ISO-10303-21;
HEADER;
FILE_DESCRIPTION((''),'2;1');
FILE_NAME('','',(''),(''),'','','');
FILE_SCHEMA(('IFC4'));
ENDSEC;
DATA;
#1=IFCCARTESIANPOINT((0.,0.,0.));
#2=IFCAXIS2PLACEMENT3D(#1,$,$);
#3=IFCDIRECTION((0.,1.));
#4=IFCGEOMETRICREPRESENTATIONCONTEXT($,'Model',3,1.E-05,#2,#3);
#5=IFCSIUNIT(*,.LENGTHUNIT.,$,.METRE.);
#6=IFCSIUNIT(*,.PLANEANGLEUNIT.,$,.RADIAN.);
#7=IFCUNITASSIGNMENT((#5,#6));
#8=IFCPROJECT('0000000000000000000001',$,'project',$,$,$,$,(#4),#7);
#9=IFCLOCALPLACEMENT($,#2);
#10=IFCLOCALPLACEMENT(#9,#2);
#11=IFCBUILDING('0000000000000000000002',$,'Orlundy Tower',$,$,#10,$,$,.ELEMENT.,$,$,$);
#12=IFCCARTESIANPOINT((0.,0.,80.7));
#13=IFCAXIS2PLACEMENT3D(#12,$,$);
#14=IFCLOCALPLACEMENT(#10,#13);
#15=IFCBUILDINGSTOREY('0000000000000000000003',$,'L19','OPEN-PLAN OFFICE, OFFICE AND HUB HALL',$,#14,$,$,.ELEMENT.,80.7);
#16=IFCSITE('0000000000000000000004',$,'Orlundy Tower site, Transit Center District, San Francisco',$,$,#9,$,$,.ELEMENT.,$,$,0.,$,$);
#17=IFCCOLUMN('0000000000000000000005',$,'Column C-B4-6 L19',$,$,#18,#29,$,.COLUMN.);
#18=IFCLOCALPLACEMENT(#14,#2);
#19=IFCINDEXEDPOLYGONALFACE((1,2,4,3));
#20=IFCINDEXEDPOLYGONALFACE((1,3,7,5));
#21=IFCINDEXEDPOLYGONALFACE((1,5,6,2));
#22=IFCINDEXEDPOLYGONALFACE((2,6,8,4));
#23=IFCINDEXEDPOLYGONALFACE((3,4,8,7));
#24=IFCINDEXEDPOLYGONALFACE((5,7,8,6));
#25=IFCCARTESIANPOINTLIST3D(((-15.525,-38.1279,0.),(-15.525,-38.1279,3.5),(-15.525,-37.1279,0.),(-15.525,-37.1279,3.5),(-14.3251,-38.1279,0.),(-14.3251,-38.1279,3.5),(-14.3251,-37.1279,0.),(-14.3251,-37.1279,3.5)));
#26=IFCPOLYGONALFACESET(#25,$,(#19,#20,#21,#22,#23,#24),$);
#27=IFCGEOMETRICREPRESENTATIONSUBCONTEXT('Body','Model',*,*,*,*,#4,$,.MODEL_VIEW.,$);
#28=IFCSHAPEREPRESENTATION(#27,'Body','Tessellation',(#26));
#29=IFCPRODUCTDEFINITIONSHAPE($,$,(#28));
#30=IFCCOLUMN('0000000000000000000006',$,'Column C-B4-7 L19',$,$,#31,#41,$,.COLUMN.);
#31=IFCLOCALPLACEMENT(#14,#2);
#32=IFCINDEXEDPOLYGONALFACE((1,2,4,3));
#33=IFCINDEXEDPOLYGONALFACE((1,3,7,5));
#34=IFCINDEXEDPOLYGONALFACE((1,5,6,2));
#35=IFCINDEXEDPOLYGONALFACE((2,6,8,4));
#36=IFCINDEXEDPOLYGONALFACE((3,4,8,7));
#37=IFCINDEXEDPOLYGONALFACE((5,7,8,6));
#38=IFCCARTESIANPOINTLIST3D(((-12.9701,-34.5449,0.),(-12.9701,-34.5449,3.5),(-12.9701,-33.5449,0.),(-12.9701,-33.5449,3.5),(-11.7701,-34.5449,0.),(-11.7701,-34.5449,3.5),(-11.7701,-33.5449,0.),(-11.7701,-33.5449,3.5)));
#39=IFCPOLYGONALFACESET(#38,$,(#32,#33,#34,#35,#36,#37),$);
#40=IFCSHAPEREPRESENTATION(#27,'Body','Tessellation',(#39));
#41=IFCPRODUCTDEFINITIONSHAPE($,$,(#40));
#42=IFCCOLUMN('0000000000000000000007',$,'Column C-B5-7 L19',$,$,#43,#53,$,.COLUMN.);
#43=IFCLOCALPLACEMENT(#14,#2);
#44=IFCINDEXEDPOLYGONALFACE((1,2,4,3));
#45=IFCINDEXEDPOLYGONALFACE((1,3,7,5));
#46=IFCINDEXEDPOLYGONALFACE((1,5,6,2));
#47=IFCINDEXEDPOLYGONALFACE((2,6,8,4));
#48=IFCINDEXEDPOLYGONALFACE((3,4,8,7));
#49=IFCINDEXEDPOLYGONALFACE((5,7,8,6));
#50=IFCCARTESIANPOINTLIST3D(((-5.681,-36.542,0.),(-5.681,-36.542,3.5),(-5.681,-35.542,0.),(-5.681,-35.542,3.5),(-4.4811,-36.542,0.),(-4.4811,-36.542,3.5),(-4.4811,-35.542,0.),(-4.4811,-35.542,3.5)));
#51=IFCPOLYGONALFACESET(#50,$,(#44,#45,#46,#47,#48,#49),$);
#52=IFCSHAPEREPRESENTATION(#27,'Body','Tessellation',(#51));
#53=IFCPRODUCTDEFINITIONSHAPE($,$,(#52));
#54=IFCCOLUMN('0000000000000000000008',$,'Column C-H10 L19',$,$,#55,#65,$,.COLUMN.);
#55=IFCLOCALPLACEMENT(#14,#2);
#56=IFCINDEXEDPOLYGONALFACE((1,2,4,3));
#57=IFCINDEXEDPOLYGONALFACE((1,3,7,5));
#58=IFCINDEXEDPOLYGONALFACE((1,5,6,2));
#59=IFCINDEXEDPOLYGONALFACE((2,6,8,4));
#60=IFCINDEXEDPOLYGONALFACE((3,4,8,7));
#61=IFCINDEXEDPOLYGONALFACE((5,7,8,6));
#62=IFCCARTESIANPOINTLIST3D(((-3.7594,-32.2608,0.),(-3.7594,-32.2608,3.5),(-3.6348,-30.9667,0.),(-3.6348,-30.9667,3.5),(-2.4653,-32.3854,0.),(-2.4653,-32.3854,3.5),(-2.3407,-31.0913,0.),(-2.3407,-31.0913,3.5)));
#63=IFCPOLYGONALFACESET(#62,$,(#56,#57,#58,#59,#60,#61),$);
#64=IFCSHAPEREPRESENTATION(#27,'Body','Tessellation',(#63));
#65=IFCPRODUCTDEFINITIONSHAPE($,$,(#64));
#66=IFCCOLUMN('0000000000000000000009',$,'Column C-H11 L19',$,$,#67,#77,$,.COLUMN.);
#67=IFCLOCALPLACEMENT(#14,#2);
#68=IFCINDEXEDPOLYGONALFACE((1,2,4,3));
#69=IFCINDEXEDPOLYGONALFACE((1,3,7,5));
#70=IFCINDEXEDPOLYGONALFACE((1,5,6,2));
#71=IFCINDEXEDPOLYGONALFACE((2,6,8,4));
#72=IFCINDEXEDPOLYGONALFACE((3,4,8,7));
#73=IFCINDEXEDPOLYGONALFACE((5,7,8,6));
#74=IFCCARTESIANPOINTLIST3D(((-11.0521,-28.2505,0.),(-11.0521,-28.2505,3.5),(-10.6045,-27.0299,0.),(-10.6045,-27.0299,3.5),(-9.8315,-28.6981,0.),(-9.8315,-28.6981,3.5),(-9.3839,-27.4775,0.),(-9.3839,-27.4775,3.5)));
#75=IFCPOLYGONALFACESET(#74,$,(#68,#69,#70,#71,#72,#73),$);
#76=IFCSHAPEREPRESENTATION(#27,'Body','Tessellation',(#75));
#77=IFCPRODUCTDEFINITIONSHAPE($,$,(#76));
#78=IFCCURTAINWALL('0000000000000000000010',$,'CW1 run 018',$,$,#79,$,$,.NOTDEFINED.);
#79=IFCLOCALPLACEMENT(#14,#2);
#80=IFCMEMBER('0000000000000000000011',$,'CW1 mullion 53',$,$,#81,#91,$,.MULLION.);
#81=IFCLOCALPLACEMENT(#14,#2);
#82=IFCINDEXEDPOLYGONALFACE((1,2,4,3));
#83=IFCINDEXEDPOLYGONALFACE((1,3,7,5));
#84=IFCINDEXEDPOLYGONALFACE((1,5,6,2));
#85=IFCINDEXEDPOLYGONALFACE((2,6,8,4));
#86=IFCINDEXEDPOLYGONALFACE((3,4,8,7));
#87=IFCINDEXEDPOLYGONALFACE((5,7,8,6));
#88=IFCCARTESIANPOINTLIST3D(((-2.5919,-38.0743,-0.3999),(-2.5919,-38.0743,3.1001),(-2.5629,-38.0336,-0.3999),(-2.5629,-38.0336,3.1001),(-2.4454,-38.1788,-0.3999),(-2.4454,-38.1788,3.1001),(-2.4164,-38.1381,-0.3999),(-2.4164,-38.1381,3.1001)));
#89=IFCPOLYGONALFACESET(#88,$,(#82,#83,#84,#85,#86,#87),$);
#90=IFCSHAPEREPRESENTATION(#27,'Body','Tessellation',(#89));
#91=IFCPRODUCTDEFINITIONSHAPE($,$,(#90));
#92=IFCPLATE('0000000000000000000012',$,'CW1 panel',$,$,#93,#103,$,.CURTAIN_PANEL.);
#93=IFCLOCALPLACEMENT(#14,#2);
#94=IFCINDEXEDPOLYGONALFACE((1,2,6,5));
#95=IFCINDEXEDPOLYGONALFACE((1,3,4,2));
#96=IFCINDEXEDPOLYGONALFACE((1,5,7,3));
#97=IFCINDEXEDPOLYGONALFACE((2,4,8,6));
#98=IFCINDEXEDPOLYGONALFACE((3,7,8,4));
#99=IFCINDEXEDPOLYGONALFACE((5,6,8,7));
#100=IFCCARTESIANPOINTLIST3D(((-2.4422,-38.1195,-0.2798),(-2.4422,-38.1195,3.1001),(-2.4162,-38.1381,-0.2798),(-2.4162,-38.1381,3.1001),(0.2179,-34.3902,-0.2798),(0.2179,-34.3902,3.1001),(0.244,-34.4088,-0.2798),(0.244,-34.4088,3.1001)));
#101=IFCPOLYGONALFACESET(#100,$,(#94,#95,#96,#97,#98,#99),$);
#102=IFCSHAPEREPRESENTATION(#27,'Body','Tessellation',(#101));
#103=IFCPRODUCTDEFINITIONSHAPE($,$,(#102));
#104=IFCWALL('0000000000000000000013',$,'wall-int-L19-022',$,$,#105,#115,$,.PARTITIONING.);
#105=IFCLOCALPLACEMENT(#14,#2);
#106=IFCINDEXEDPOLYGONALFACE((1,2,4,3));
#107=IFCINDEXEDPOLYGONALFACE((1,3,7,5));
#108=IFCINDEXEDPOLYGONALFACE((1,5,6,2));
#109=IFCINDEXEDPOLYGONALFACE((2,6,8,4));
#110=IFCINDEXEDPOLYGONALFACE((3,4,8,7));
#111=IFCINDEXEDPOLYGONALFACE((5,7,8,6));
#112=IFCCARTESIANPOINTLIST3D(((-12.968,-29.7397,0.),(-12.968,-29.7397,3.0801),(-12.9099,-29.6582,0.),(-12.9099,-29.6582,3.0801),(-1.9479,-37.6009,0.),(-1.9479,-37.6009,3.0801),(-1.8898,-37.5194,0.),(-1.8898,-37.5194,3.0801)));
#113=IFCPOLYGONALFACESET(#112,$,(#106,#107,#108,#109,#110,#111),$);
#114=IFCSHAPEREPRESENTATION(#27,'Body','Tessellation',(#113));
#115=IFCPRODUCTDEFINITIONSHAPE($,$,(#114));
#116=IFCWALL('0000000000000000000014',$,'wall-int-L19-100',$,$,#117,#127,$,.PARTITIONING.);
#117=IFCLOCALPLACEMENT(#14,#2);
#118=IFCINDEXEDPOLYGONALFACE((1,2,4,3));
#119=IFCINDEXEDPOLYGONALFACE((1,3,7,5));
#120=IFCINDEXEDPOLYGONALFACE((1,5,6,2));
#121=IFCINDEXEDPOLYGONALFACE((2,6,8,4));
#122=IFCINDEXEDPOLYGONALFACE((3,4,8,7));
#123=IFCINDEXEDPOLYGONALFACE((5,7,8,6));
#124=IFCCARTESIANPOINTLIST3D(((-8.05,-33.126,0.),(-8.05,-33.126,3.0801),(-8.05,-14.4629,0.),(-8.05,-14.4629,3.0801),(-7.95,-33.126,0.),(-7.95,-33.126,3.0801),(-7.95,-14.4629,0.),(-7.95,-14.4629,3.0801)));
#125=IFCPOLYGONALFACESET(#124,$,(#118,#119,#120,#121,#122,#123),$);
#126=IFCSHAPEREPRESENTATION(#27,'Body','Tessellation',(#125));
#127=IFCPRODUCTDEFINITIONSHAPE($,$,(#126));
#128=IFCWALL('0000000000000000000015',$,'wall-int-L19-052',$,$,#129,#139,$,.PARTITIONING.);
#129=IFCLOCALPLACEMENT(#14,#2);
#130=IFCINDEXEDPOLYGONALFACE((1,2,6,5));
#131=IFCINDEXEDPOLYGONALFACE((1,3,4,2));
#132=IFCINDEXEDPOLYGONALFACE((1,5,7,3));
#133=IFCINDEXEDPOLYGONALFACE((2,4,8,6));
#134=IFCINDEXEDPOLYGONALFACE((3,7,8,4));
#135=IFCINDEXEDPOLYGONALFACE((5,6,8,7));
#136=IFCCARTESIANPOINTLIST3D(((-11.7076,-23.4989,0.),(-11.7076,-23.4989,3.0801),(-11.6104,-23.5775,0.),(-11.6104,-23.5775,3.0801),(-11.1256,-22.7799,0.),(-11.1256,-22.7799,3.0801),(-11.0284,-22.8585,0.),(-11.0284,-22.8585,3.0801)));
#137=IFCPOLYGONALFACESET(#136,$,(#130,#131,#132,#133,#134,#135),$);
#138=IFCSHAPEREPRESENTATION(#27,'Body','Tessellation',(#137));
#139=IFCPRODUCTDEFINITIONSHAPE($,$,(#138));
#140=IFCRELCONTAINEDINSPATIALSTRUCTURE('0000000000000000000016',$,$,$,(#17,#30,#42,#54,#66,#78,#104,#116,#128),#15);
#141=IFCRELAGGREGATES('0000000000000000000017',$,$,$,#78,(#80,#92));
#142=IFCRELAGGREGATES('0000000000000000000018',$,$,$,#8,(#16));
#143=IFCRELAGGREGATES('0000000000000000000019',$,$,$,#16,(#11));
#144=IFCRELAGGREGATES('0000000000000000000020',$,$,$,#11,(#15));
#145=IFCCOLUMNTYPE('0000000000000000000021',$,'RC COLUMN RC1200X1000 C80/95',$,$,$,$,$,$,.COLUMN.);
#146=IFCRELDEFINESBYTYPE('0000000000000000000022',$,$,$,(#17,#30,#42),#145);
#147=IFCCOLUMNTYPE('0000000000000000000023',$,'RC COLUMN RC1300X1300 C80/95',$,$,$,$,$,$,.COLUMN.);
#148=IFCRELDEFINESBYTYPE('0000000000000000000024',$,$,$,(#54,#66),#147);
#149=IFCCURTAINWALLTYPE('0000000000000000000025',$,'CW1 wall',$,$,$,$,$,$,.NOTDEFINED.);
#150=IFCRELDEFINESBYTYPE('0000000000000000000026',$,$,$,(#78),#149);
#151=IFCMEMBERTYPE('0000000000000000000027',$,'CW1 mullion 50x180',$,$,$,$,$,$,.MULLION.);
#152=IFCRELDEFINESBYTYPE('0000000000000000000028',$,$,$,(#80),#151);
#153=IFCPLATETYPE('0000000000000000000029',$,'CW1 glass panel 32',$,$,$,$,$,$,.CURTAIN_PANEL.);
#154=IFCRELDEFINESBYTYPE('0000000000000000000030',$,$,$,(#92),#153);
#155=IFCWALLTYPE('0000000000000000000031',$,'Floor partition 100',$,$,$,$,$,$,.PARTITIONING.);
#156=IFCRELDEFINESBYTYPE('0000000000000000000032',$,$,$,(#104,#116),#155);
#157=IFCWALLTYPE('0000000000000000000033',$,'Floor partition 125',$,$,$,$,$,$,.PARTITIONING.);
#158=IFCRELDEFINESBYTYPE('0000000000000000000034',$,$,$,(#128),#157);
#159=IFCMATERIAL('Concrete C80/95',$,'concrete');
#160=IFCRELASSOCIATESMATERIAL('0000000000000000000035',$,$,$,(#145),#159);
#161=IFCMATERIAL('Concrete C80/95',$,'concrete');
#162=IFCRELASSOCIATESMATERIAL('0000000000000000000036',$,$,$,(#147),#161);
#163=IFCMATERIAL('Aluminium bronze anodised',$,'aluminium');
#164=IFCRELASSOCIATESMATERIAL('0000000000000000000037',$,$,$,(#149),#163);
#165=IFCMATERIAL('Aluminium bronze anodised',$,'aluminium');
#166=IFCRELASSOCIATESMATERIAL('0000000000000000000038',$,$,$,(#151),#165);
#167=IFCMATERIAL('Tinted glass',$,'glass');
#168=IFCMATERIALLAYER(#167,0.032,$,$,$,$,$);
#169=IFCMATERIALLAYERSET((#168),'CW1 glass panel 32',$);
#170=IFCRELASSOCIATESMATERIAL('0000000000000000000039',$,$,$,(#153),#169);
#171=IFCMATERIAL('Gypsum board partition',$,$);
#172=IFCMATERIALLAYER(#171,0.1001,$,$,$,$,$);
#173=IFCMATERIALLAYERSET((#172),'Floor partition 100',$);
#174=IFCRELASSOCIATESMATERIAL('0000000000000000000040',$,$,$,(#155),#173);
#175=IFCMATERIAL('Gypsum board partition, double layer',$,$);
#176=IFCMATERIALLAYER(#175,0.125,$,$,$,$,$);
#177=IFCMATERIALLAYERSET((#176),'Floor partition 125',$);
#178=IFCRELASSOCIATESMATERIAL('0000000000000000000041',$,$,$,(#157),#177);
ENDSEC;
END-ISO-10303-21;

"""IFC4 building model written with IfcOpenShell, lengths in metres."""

from ifc_helpers import new_model, si_unit, direction, frame, frame_2d, origin, origin_2d, place, context, subcontext, project, spatial, rectangle, extrude, material, layer, layer_set, material_profile, profile_set, type_object, element, aggregate, save


model = new_model("IFC4")

# Units and contexts
model_context = context("Model", 3, precision=1e-05, world=origin(), true_north=direction((0.0, 1.0)))
body_context = subcontext(model_context, "Body", "Model", "MODEL_VIEW")
ifc_project = project(units=[si_unit("LENGTHUNIT", "METRE"), si_unit("PLANEANGLEUNIT", "RADIAN")], contexts=[model_context])

# Site, building, storey
site_placement = place(None, origin())
site = spatial("IfcSite", under=ifc_project, at=site_placement, Name="Orlundy Tower site, Transit Center District, San Francisco", CompositionType="ELEMENT", RefElevation=0.0)
building_placement = place(site_placement, origin())
building = spatial("IfcBuilding", under=site, at=building_placement, Name="Orlundy Tower", CompositionType="ELEMENT")
storey_placement = place(building_placement, frame((0.0, 0.0, 80.7)))
storey = spatial("IfcBuildingStorey", under=building, at=storey_placement, Name="L19", Description="OPEN-PLAN OFFICE, OFFICE AND HUB HALL", CompositionType="ELEMENT", Elevation=80.7)

# Columns
ifc_material_1 = material(Name="Concrete C80/95", Category="concrete")
ifc_material_profile_1 = material_profile(ifc_material_1, rectangle(XDim=1.2, YDim=1.0, at=origin_2d()), Name="RC1200X1000")
ifc_profile_set_1 = profile_set([ifc_material_profile_1], Name="Concrete C80/95")
column_type_1 = type_object("IfcColumnType", Name="RC COLUMN RC1200X1000 C80/95", PredefinedType="COLUMN", material=ifc_profile_set_1)
for number, where, z_axis, x_axis, name in (
    (1, (-14.925, -37.6279, 0.0), (0.0, 0.0, 1.0), (1.0, 0.0, 0.0), "Column C-B4-6 L19"),
    (2, (-12.3701, -34.0449, 0.0), (0.0, 0.0, 1.0), (1.0, 0.0, 0.0), "Column C-B4-7 L19"),
    (3, (-5.0811, -36.042, 0.0), (0.0, 0.0, 1.0), (1.0, 0.0, 0.0), "Column C-B5-7 L19"),
):
    element("IfcColumn", number, at=place(storey_placement, frame(where, z_axis=z_axis, x_axis=x_axis)), inside=storey, type_object=column_type_1, Name=name, PredefinedType="COLUMN", context=body_context, shape_type="SweptSolid", body=[
        extrude(rectangle(XDim=1.2, YDim=1.0, at=origin_2d()), origin(), (0.0, 0.0, 1.0), 3.5),
    ])
ifc_material_2 = material(Name="Concrete C80/95", Category="concrete")
ifc_material_profile_2 = material_profile(ifc_material_2, rectangle(XDim=1.3, YDim=1.3, at=origin_2d()), Name="RC1300X1300")
ifc_profile_set_2 = profile_set([ifc_material_profile_2], Name="Concrete C80/95")
column_type_2 = type_object("IfcColumnType", Name="RC COLUMN RC1300X1300 C80/95", PredefinedType="COLUMN", material=ifc_profile_set_2)
for number, where, z_axis, x_axis, name in (
    (4, (-3.05, -31.676, 0.0), (0.0, 0.0, 1.0), (-0.095846, -0.995396, 0.0), "Column C-H10 L19"),
    (5, (-10.218, -27.864, 0.0), (0.0, 0.0, 1.0), (-0.344282, -0.938866, 0.0), "Column C-H11 L19"),
):
    element("IfcColumn", number, at=place(storey_placement, frame(where, z_axis=z_axis, x_axis=x_axis)), inside=storey, type_object=column_type_2, Name=name, PredefinedType="COLUMN", context=body_context, shape_type="SweptSolid", body=[
        extrude(rectangle(XDim=1.3, YDim=1.3, at=origin_2d()), origin(), (0.0, 0.0, 1.0), 3.5),
    ])

# Curtain wall, member, plate
ifc_material_3 = material(Name="Aluminium bronze anodised", Category="aluminium")
curtain_wall_type = type_object("IfcCurtainWallType", Name="CW1 wall", PredefinedType="NOTDEFINED", material=ifc_material_3)
curtain_wall_placement = place(storey_placement, origin())
curtain_wall = element("IfcCurtainWall", 6, at=curtain_wall_placement, inside=storey, type_object=curtain_wall_type, Name="CW1 run 018", PredefinedType="NOTDEFINED")
ifc_material_4 = material(Name="Aluminium bronze anodised", Category="aluminium")
ifc_material_profile_3 = material_profile(ifc_material_4, rectangle(XDim=0.1799, YDim=0.05, at=origin_2d()), Name="CW1 mullion 50x180")
ifc_profile_set_3 = profile_set([ifc_material_profile_3], Name="Aluminium bronze anodised")
member_type = type_object("IfcMemberType", Name="CW1 mullion 50x180", PredefinedType="MULLION", material=ifc_profile_set_3)
member_placement = place(storey_placement, frame((-2.5042, -38.1062, -0.3999), z_axis=(0.0, 0.0, 1.0), x_axis=(0.81411, -0.58071, 0.0)))
member = element("IfcMember", 7, at=member_placement, type_object=member_type, Name="CW1 mullion 53", PredefinedType="MULLION", context=body_context, shape_type="SweptSolid", body=[
    extrude(rectangle(XDim=0.1799, YDim=0.05, at=origin_2d()), origin(), (0.0, 0.0, 1.0), 3.5),
])
ifc_material_5 = material(Name="Tinted glass", Category="glass")
ifc_layer_1 = layer(ifc_material_5, 0.032)
ifc_layer_set_1 = layer_set([ifc_layer_1], Name="CW1 glass panel 32")
plate_type = type_object("IfcPlateType", Name="CW1 glass panel 32", PredefinedType="CURTAIN_PANEL", material=ifc_layer_set_1)
plate_placement = place(storey_placement, frame((-1.0991, -36.2642, -0.2798), z_axis=(0.0, 0.0, 1.0), x_axis=(-0.58071, -0.81411, 0.0)))
plate = element("IfcPlate", 8, at=plate_placement, type_object=plate_type, Name="CW1 panel", PredefinedType="CURTAIN_PANEL", context=body_context, shape_type="SweptSolid", body=[
    extrude(rectangle(XDim=4.5808, YDim=0.032, at=origin_2d()), origin(), (0.0, 0.0, 1.0), 3.3799),
])
aggregate(curtain_wall, [member, plate])

# Walls
ifc_material_6 = material(Name="Gypsum board partition")
ifc_layer_2 = layer(ifc_material_6, 0.1001)
ifc_layer_set_2 = layer_set([ifc_layer_2], Name="Floor partition 100")
wall_type_1 = type_object("IfcWallType", Name="Floor partition 100", PredefinedType="PARTITIONING", material=ifc_layer_set_2)
wall_1_placement = place(storey_placement, frame((-12.939, -29.699, 0.0), z_axis=(0.0, 0.0, 1.0), x_axis=(0.814095, -0.580731, 0.0)))
element("IfcWall", 9, at=wall_1_placement, inside=storey, type_object=wall_type_1, Name="wall-int-L19-022", PredefinedType="PARTITIONING", context=body_context, shape_type="SweptSolid", body=[
    extrude(rectangle(XDim=13.5366, YDim=0.1001, at=frame_2d((6.7683, 0.0))), origin(), (0.0, 0.0, 1.0), 3.0801),
])
wall_2_placement = place(storey_placement, frame((-8.0, -33.126, 0.0), z_axis=(0.0, 0.0, 1.0), x_axis=(0.0, 1.0, 0.0)))
element("IfcWall", 10, at=wall_2_placement, inside=storey, type_object=wall_type_1, Name="wall-int-L19-100", PredefinedType="PARTITIONING", context=body_context, shape_type="SweptSolid", body=[
    extrude(rectangle(XDim=18.6631, YDim=0.1001, at=frame_2d((9.3315, 0.0))), origin(), (0.0, 0.0, 1.0), 3.0801),
])
ifc_material_7 = material(Name="Gypsum board partition, double layer")
ifc_layer_3 = layer(ifc_material_7, 0.125)
ifc_layer_set_3 = layer_set([ifc_layer_3], Name="Floor partition 125")
wall_type_2 = type_object("IfcWallType", Name="Floor partition 125", PredefinedType="PARTITIONING", material=ifc_layer_set_3)
wall_3_placement = place(storey_placement, frame((-11.6589, -23.5381, 0.0), z_axis=(0.0, 0.0, 1.0), x_axis=(0.629191, 0.777251, 0.0)))
element("IfcWall", 11, at=wall_3_placement, inside=storey, type_object=wall_type_2, Name="wall-int-L19-052", PredefinedType="PARTITIONING", context=body_context, shape_type="SweptSolid", body=[
    extrude(rectangle(XDim=0.925, YDim=0.125, at=frame_2d((0.4624, 0.0))), origin(), (0.0, 0.0, 1.0), 3.0801),
])

save(model, "model.ifc")
